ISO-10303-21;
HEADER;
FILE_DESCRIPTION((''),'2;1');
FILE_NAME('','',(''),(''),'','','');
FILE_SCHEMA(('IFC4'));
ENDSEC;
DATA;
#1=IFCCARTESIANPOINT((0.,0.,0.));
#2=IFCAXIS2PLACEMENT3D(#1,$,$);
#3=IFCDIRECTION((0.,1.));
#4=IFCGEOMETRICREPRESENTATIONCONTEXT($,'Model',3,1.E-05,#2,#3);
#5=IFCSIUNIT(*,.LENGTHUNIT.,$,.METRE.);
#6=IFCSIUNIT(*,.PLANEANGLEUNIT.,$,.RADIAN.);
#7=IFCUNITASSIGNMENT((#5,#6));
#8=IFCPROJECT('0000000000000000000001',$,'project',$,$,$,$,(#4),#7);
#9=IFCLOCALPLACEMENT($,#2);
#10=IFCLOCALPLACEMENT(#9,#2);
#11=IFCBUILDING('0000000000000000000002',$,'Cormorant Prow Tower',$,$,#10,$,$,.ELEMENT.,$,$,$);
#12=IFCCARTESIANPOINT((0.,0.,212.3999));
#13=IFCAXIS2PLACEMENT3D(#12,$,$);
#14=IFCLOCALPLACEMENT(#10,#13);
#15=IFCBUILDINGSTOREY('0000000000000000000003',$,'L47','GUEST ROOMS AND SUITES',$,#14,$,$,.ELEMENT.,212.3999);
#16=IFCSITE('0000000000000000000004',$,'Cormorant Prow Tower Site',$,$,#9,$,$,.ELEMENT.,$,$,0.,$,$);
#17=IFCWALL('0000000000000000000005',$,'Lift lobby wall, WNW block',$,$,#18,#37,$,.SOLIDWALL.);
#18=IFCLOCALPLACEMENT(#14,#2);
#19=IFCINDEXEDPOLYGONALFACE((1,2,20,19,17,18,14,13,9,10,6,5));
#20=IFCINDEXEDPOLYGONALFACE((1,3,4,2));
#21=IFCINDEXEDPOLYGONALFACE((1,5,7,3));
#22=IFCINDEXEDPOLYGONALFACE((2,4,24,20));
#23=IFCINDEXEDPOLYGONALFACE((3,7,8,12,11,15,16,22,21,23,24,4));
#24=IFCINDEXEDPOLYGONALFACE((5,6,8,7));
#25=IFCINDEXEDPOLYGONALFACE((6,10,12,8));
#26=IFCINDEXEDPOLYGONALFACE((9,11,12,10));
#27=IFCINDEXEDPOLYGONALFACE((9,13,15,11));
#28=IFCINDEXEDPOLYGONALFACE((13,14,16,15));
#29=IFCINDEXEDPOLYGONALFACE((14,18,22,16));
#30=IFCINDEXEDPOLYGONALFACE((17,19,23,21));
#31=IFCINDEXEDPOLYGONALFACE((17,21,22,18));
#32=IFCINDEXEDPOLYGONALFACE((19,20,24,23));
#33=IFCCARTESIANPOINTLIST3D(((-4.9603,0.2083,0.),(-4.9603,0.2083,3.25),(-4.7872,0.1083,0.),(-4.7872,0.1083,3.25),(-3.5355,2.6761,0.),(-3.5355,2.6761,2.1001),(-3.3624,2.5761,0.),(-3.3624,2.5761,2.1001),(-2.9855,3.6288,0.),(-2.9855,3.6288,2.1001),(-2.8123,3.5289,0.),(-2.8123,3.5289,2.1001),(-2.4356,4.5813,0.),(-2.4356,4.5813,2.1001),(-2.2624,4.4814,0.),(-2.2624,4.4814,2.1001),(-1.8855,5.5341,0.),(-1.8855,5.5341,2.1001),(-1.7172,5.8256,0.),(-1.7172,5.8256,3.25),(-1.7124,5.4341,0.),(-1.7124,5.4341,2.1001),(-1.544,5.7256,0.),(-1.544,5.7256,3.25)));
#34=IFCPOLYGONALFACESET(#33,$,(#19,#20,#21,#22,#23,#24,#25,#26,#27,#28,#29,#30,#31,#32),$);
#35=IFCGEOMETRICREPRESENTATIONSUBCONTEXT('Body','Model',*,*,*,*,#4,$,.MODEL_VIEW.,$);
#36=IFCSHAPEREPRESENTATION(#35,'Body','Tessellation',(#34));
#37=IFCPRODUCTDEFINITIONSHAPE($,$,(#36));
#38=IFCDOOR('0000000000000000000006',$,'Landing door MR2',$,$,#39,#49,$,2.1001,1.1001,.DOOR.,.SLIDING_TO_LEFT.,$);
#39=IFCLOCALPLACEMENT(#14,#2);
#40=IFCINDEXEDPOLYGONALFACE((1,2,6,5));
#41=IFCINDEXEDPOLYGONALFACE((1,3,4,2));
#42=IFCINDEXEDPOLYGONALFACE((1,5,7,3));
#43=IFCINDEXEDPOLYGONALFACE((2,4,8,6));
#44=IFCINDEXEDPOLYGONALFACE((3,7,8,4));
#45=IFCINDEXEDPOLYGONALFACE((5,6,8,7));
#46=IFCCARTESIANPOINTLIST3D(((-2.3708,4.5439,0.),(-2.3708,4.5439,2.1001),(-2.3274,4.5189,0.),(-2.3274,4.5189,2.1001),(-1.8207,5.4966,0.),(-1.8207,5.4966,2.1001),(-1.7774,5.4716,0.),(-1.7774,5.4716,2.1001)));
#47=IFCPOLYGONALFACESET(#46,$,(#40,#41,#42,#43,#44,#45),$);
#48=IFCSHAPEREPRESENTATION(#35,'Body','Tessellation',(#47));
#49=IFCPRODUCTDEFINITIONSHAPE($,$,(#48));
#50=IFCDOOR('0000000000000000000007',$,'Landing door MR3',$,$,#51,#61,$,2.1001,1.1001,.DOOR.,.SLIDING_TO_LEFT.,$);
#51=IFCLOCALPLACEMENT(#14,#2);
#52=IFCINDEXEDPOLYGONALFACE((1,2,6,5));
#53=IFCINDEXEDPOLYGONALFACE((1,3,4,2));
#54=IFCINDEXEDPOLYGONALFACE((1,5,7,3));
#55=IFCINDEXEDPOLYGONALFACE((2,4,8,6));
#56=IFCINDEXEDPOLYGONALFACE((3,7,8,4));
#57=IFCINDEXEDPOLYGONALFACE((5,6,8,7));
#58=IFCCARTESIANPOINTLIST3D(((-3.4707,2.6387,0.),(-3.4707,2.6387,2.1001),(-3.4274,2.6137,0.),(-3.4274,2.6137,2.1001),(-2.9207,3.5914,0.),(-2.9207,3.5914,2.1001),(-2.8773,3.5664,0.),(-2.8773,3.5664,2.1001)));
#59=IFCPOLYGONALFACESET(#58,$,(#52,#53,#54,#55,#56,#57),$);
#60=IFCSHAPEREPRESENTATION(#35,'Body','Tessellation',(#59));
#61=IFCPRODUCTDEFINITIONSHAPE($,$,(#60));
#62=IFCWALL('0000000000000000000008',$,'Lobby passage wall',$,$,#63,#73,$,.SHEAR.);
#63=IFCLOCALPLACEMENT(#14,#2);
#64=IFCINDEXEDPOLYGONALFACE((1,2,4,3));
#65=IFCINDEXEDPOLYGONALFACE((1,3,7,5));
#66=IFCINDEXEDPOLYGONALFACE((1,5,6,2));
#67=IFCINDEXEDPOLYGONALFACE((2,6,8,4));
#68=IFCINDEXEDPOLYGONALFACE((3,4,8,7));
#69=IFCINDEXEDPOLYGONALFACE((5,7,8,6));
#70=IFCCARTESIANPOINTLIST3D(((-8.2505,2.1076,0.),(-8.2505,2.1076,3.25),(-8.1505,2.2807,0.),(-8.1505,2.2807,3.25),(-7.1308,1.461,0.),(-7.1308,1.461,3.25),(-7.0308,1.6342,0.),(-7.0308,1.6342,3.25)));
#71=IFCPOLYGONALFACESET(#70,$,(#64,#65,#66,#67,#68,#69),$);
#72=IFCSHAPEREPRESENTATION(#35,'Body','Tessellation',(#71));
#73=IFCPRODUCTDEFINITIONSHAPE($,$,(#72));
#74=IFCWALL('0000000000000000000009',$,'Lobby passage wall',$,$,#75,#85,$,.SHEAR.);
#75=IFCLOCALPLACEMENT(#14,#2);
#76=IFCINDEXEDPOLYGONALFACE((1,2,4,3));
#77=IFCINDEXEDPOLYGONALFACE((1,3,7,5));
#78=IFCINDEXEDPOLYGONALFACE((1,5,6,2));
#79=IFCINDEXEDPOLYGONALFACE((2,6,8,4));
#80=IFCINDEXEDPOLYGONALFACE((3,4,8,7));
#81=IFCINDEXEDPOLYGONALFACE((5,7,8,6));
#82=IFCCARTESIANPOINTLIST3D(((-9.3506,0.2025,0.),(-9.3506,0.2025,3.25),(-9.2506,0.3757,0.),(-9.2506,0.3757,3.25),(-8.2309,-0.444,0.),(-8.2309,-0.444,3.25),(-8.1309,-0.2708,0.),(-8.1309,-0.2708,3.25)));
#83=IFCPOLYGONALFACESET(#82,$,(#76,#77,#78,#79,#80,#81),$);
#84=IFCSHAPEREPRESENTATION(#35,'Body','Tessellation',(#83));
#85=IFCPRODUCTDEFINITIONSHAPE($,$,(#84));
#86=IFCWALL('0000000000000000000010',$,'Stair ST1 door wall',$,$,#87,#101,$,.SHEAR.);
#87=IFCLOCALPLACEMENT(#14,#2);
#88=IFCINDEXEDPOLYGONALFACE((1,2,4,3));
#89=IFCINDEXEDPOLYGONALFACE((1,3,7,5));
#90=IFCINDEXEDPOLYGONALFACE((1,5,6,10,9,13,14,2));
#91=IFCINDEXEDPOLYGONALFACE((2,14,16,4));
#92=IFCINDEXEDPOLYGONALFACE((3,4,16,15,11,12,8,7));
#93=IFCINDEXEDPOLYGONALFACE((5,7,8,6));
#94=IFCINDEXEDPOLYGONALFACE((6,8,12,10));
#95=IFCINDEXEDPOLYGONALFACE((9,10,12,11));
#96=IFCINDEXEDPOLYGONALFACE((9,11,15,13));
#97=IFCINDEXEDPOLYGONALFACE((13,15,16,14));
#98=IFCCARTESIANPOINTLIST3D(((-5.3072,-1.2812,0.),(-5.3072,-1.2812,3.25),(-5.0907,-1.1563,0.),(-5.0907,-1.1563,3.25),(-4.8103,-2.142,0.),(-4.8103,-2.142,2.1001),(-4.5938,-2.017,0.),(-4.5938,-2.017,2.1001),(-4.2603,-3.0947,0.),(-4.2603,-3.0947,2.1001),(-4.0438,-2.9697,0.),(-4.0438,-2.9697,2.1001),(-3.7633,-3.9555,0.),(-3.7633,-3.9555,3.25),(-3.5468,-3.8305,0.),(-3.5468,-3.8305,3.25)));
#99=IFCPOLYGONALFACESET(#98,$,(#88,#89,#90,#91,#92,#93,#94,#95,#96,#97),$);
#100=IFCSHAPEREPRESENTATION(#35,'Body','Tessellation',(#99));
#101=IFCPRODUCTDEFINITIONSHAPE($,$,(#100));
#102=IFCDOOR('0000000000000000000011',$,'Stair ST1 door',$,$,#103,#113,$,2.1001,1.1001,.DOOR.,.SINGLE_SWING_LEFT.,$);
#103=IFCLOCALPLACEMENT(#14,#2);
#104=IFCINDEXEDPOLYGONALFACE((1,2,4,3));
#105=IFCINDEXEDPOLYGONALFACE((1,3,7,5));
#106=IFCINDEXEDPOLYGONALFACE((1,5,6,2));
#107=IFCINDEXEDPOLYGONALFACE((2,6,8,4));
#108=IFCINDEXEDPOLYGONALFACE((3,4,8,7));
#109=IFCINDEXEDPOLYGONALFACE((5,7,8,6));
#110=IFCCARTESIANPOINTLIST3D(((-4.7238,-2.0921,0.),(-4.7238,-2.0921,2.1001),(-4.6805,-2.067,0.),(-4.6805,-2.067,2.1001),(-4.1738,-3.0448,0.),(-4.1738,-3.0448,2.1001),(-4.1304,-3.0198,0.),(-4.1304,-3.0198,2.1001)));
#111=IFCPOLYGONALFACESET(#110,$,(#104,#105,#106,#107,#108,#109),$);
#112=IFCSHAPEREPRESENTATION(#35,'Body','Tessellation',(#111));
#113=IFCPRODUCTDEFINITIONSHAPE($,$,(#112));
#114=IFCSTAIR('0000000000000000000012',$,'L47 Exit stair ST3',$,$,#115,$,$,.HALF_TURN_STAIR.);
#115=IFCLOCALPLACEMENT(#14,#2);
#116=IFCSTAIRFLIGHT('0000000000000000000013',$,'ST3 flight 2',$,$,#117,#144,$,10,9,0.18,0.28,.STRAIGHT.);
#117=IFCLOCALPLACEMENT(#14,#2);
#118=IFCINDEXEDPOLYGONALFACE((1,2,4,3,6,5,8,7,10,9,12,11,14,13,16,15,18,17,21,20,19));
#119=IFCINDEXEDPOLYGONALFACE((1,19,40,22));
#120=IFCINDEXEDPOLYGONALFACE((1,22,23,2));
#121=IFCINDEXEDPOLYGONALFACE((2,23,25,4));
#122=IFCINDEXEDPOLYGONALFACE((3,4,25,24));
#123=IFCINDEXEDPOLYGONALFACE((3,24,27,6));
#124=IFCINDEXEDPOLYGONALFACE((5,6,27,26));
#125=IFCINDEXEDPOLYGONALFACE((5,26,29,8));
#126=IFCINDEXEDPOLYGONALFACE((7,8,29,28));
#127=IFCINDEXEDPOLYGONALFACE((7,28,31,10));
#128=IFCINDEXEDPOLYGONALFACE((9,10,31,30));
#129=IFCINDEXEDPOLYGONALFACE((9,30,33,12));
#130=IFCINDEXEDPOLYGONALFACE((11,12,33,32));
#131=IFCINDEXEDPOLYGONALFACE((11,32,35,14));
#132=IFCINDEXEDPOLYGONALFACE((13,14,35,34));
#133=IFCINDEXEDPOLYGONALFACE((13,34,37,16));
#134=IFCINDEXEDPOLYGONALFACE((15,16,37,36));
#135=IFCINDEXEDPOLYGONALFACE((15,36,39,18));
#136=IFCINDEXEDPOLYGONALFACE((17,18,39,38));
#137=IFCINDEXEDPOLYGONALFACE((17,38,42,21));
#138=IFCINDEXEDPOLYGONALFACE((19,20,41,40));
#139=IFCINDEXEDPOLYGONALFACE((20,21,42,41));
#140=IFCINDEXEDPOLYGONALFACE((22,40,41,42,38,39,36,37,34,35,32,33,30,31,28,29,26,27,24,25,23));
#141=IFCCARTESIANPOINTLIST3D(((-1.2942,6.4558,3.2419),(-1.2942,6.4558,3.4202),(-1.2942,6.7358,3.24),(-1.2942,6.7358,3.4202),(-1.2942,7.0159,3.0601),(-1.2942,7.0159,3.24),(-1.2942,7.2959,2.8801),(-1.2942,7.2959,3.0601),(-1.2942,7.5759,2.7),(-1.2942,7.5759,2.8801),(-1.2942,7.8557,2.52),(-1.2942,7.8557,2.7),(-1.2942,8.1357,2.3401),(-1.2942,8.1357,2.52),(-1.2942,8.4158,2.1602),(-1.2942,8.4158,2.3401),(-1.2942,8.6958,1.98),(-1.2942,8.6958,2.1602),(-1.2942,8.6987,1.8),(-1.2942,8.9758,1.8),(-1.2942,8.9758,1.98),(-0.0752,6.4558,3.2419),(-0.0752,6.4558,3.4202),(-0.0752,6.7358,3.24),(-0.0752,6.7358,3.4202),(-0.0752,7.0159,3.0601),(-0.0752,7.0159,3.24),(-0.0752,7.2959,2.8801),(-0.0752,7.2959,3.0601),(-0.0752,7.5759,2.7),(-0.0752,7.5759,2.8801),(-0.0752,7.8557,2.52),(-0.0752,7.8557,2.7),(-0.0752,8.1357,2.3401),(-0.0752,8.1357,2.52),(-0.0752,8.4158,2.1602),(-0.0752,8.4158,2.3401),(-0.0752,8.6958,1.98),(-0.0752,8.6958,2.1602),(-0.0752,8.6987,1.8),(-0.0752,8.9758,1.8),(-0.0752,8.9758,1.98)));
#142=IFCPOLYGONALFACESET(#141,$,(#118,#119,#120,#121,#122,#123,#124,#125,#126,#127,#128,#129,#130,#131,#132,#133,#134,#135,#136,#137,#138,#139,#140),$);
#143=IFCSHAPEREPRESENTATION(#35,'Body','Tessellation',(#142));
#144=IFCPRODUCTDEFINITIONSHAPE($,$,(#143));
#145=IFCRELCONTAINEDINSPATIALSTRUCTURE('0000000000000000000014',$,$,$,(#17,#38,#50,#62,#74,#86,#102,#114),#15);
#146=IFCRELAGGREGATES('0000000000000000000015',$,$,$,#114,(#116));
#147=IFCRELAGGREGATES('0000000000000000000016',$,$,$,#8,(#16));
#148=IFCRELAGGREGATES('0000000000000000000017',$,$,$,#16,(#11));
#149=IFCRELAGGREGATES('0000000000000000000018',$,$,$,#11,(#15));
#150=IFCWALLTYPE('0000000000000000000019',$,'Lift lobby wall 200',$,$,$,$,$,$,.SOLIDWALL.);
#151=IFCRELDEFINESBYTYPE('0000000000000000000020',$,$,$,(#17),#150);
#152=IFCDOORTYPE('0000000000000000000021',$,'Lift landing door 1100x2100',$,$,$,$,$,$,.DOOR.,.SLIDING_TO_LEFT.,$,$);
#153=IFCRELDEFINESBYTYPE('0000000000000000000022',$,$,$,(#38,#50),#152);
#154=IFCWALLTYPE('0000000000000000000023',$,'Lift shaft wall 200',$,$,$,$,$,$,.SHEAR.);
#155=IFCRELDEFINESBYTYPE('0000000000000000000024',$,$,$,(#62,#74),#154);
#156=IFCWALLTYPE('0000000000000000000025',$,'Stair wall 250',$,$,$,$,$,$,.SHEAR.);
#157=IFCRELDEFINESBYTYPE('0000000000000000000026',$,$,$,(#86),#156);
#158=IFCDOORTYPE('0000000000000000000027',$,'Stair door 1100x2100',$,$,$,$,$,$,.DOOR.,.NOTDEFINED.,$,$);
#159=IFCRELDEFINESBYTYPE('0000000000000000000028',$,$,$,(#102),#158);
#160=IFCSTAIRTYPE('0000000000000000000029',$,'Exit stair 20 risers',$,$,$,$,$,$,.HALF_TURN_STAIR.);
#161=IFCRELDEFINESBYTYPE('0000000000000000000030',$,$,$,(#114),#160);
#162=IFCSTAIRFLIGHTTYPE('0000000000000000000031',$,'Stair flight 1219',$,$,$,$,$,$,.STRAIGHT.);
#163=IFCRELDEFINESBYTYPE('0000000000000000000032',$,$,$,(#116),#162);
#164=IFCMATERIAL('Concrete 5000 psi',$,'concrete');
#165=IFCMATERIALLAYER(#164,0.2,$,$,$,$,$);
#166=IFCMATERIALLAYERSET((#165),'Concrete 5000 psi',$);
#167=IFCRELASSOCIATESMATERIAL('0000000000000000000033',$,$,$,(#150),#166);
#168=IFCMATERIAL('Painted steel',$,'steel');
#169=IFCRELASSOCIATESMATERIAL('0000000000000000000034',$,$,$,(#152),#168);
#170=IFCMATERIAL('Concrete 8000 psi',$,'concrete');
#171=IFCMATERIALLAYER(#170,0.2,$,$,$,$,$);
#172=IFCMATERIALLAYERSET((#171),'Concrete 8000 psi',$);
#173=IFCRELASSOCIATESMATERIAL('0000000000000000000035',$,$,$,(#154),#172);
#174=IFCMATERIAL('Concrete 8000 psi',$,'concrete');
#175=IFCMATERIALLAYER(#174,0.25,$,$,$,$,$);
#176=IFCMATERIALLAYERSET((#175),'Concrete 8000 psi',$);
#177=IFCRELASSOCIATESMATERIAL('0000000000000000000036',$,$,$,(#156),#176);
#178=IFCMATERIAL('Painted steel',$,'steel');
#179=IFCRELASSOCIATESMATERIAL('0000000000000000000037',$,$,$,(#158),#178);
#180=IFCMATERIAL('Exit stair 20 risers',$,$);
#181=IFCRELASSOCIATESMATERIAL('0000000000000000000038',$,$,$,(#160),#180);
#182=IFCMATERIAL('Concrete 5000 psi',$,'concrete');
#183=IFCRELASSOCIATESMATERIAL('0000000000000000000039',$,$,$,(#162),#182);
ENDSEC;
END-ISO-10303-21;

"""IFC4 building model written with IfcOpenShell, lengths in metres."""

from ifc_helpers import new_model, si_unit, direction, frame, frame_2d, origin, place, context, subcontext, project, spatial, polyline, rectangle, outline, extrude, material, layer, layer_set, type_object, element, fill, aggregate, save


model = new_model("IFC4")

# Units and contexts
model_context = context("Model", 3, precision=1e-05, world=origin(), true_north=direction((0.0, 1.0)))
body_context = subcontext(model_context, "Body", "Model", "MODEL_VIEW")
ifc_project = project(units=[si_unit("LENGTHUNIT", "METRE"), si_unit("PLANEANGLEUNIT", "RADIAN")], contexts=[model_context])

# Site, building, storey
site_placement = place(None, origin())
site = spatial("IfcSite", under=ifc_project, at=site_placement, Name="Cormorant Prow Tower Site", CompositionType="ELEMENT", RefElevation=0.0)
building_placement = place(site_placement, origin())
building = spatial("IfcBuilding", under=site, at=building_placement, Name="Cormorant Prow Tower", CompositionType="ELEMENT")
storey_placement = place(building_placement, frame((0.0, 0.0, 212.3999)))
storey = spatial("IfcBuildingStorey", under=building, at=storey_placement, Name="L47", Description="GUEST ROOMS AND SUITES", CompositionType="ELEMENT", Elevation=212.3999)

# Wall, openings, doors
ifc_material_1 = material(Name="Concrete 5000 psi", Category="concrete")
ifc_layer_1 = layer(ifc_material_1, 0.2)
ifc_layer_set_1 = layer_set([ifc_layer_1], Name="Concrete 5000 psi")
wall_type_1 = type_object("IfcWallType", Name="Lift lobby wall 200", PredefinedType="SOLIDWALL", material=ifc_layer_set_1)
wall_1_placement = place(storey_placement, frame((-1.6306, 5.7756, 0.0), z_axis=(0.0, 0.0, 1.0), x_axis=(-0.499993, -0.86603, 0.0)))
wall_1 = element("IfcWall", 1, at=wall_1_placement, inside=storey, type_object=wall_type_1, Name="Lift lobby wall, WNW block", PredefinedType="SOLIDWALL", context=body_context, shape_type="SweptSolid", body=[
    extrude(rectangle(XDim=6.4863, YDim=0.2, at=frame_2d((3.2432, 0.0))), origin(), (0.0, 0.0, 1.0), 3.25),
])
opening_1_placement = place(wall_1_placement, frame((0.3367, 0.0, 0.0)))
opening_1 = element("IfcOpeningElement", 2, at=opening_1_placement, cuts=wall_1, PredefinedType="OPENING", context=body_context, shape_type="SweptSolid", body=[
    extrude(rectangle(XDim=1.1001, YDim=2.1001, at=frame_2d((0.55, 1.05))), frame((0.0, 0.1099, 0.0), z_axis=(0.0, -1.0, 0.0), x_axis=(1.0, 0.0, 0.0)), (0.0, 0.0, 1.0), 0.22),
])
opening_2_placement = place(wall_1_placement, frame((2.5366, 0.0, 0.0)))
opening_2 = element("IfcOpeningElement", 3, at=opening_2_placement, cuts=wall_1, PredefinedType="OPENING", context=body_context, shape_type="SweptSolid", body=[
    extrude(rectangle(XDim=1.1001, YDim=2.1001, at=frame_2d((0.55, 1.05))), frame((0.0, 0.1099, 0.0), z_axis=(0.0, -1.0, 0.0), x_axis=(1.0, 0.0, 0.0)), (0.0, 0.0, 1.0), 0.22),
])
ifc_material_2 = material(Name="Painted steel", Category="steel")
door_type_1 = type_object("IfcDoorType", Name="Lift landing door 1100x2100", OperationType="SLIDING_TO_LEFT", PredefinedType="DOOR", material=ifc_material_2)
door_1_placement = place(opening_1_placement, origin())
door_1 = element("IfcDoor", 4, at=door_1_placement, inside=storey, type_object=door_type_1, Name="Landing door MR2", OperationType="SLIDING_TO_LEFT", OverallHeight=2.1001, OverallWidth=1.1001, PredefinedType="DOOR", context=body_context, shape_type="SweptSolid", body=[
    extrude(rectangle(XDim=1.1001, YDim=2.1001, at=frame_2d((0.55, 1.05))), frame((0.0, 0.0249, 0.0), z_axis=(0.0, -1.0, 0.0), x_axis=(1.0, 0.0, 0.0)), (0.0, 0.0, 1.0), 0.05),
])
fill(opening_1, door_1)
door_2_placement = place(opening_2_placement, origin())
door_2 = element("IfcDoor", 5, at=door_2_placement, inside=storey, type_object=door_type_1, Name="Landing door MR3", OperationType="SLIDING_TO_LEFT", OverallHeight=2.1001, OverallWidth=1.1001, PredefinedType="DOOR", context=body_context, shape_type="SweptSolid", body=[
    extrude(rectangle(XDim=1.1001, YDim=2.1001, at=frame_2d((0.55, 1.05))), frame((0.0, 0.0249, 0.0), z_axis=(0.0, -1.0, 0.0), x_axis=(1.0, 0.0, 0.0)), (0.0, 0.0, 1.0), 0.05),
])
fill(opening_2, door_2)

# Walls
ifc_material_3 = material(Name="Concrete 8000 psi", Category="concrete")
ifc_layer_2 = layer(ifc_material_3, 0.2)
ifc_layer_set_2 = layer_set([ifc_layer_2], Name="Concrete 8000 psi")
wall_type_2 = type_object("IfcWallType", Name="Lift shaft wall 200", PredefinedType="SHEAR", material=ifc_layer_set_2)
for number, where, z_axis, x_axis, name in (
    (6, (-7.0808, 1.5476, 0.0), (0.0, 0.0, 1.0), (-0.866003, 0.500038, 0.0), "Lobby passage wall"),
    (7, (-8.1809, -0.3574, 0.0), (0.0, 0.0, 1.0), (-0.866003, 0.500038, 0.0), "Lobby passage wall"),
):
    element("IfcWall", number, at=place(storey_placement, frame(where, z_axis=z_axis, x_axis=x_axis)), inside=storey, type_object=wall_type_2, Name=name, PredefinedType="SHEAR", context=body_context, shape_type="SweptSolid", body=[
        extrude(rectangle(XDim=1.293, YDim=0.2, at=frame_2d((0.6465, 0.0))), origin(), (0.0, 0.0, 1.0), 3.25),
    ])

# Wall, opening, door
ifc_material_4 = material(Name="Concrete 8000 psi", Category="concrete")
ifc_layer_3 = layer(ifc_material_4, 0.25)
ifc_layer_set_3 = layer_set([ifc_layer_3], Name="Concrete 8000 psi")
wall_type_3 = type_object("IfcWallType", Name="Stair wall 250", PredefinedType="SHEAR", material=ifc_layer_set_3)
wall_2_placement = place(storey_placement, frame((-5.199, -1.2188, 0.0), z_axis=(0.0, 0.0, 1.0), x_axis=(0.499983, -0.866035, 0.0)))
wall_2 = element("IfcWall", 8, at=wall_2_placement, inside=storey, type_object=wall_type_3, Name="Stair ST1 door wall", PredefinedType="SHEAR", context=body_context, shape_type="SweptSolid", body=[
    extrude(rectangle(XDim=3.0879, YDim=0.25, at=frame_2d((1.5439, 0.0))), origin(), (0.0, 0.0, 1.0), 3.25),
])
opening_3_placement = place(wall_2_placement, frame((0.9939, 0.0, 0.0)))
opening_3 = element("IfcOpeningElement", 9, at=opening_3_placement, cuts=wall_2, PredefinedType="OPENING", context=body_context, shape_type="SweptSolid", body=[
    extrude(rectangle(XDim=1.1001, YDim=2.1001, at=frame_2d((0.55, 1.05))), frame((0.0, 0.135, 0.0), z_axis=(0.0, -1.0, 0.0), x_axis=(1.0, 0.0, 0.0)), (0.0, 0.0, 1.0), 0.27),
])
ifc_material_5 = material(Name="Painted steel", Category="steel")
door_type_2 = type_object("IfcDoorType", Name="Stair door 1100x2100", OperationType="NOTDEFINED", PredefinedType="DOOR", material=ifc_material_5)
door_3_placement = place(opening_3_placement, origin())
door_3 = element("IfcDoor", 10, at=door_3_placement, inside=storey, type_object=door_type_2, Name="Stair ST1 door", OperationType="SINGLE_SWING_LEFT", OverallHeight=2.1001, OverallWidth=1.1001, PredefinedType="DOOR", context=body_context, shape_type="SweptSolid", body=[
    extrude(rectangle(XDim=1.1001, YDim=2.1001, at=frame_2d((0.55, 1.05))), frame((0.0, 0.0249, 0.0), z_axis=(0.0, -1.0, 0.0), x_axis=(1.0, 0.0, 0.0)), (0.0, 0.0, 1.0), 0.05),
])
fill(opening_3, door_3)

# Stair, stair flight
ifc_material_6 = material(Name="Exit stair 20 risers")
stair_type = type_object("IfcStairType", Name="Exit stair 20 risers", PredefinedType="HALF_TURN_STAIR", material=ifc_material_6)
stair_placement = place(storey_placement, origin())
stair = element("IfcStair", 11, at=stair_placement, inside=storey, type_object=stair_type, Name="L47 Exit stair ST3", PredefinedType="HALF_TURN_STAIR")
ifc_material_7 = material(Name="Concrete 5000 psi", Category="concrete")
stair_flight_type = type_object("IfcStairFlightType", Name="Stair flight 1219", PredefinedType="STRAIGHT", material=ifc_material_7)
stair_flight_placement = place(storey_placement, frame((-0.6846, 8.9758, 1.8), z_axis=(0.0, 0.0, 1.0), x_axis=(0.0, -1.0, 0.0)))
stair_flight = element("IfcStairFlight", 12, at=stair_flight_placement, type_object=stair_flight_type, Name="ST3 flight 2", NumberOfRisers=10, NumberOfTreads=9, PredefinedType="STRAIGHT", RiserHeight=0.18, TreadLength=0.28, context=body_context, shape_type="SweptSolid", body=[
    extrude(outline(polyline([(0.0, 0.0), (0.0, 0.1799), (0.28, 0.1799), (0.28, 0.3601), (0.5601, 0.3601), (0.5601, 0.54), (0.8401, 0.54), (0.8401, 0.72), (1.1201, 0.72), (1.1201, 0.8999), (1.3999, 0.8999), (1.3999, 1.0801), (1.6799, 1.0801), (1.6799, 1.26), (1.96, 1.26), (1.96, 1.4399), (2.24, 1.4399), (2.24, 1.6201), (2.52, 1.6201), (2.52, 1.8), (2.52, 1.4419), (0.2771, 0.0), (0.0, 0.0)])), frame((0.0, 0.6094, 0.0), z_axis=(0.0, -1.0, 0.0), x_axis=(1.0, 0.0, 0.0)), (0.0, 0.0, 1.0), 1.219),
])
aggregate(stair, [stair_flight])

save(model, "model.ifc")
